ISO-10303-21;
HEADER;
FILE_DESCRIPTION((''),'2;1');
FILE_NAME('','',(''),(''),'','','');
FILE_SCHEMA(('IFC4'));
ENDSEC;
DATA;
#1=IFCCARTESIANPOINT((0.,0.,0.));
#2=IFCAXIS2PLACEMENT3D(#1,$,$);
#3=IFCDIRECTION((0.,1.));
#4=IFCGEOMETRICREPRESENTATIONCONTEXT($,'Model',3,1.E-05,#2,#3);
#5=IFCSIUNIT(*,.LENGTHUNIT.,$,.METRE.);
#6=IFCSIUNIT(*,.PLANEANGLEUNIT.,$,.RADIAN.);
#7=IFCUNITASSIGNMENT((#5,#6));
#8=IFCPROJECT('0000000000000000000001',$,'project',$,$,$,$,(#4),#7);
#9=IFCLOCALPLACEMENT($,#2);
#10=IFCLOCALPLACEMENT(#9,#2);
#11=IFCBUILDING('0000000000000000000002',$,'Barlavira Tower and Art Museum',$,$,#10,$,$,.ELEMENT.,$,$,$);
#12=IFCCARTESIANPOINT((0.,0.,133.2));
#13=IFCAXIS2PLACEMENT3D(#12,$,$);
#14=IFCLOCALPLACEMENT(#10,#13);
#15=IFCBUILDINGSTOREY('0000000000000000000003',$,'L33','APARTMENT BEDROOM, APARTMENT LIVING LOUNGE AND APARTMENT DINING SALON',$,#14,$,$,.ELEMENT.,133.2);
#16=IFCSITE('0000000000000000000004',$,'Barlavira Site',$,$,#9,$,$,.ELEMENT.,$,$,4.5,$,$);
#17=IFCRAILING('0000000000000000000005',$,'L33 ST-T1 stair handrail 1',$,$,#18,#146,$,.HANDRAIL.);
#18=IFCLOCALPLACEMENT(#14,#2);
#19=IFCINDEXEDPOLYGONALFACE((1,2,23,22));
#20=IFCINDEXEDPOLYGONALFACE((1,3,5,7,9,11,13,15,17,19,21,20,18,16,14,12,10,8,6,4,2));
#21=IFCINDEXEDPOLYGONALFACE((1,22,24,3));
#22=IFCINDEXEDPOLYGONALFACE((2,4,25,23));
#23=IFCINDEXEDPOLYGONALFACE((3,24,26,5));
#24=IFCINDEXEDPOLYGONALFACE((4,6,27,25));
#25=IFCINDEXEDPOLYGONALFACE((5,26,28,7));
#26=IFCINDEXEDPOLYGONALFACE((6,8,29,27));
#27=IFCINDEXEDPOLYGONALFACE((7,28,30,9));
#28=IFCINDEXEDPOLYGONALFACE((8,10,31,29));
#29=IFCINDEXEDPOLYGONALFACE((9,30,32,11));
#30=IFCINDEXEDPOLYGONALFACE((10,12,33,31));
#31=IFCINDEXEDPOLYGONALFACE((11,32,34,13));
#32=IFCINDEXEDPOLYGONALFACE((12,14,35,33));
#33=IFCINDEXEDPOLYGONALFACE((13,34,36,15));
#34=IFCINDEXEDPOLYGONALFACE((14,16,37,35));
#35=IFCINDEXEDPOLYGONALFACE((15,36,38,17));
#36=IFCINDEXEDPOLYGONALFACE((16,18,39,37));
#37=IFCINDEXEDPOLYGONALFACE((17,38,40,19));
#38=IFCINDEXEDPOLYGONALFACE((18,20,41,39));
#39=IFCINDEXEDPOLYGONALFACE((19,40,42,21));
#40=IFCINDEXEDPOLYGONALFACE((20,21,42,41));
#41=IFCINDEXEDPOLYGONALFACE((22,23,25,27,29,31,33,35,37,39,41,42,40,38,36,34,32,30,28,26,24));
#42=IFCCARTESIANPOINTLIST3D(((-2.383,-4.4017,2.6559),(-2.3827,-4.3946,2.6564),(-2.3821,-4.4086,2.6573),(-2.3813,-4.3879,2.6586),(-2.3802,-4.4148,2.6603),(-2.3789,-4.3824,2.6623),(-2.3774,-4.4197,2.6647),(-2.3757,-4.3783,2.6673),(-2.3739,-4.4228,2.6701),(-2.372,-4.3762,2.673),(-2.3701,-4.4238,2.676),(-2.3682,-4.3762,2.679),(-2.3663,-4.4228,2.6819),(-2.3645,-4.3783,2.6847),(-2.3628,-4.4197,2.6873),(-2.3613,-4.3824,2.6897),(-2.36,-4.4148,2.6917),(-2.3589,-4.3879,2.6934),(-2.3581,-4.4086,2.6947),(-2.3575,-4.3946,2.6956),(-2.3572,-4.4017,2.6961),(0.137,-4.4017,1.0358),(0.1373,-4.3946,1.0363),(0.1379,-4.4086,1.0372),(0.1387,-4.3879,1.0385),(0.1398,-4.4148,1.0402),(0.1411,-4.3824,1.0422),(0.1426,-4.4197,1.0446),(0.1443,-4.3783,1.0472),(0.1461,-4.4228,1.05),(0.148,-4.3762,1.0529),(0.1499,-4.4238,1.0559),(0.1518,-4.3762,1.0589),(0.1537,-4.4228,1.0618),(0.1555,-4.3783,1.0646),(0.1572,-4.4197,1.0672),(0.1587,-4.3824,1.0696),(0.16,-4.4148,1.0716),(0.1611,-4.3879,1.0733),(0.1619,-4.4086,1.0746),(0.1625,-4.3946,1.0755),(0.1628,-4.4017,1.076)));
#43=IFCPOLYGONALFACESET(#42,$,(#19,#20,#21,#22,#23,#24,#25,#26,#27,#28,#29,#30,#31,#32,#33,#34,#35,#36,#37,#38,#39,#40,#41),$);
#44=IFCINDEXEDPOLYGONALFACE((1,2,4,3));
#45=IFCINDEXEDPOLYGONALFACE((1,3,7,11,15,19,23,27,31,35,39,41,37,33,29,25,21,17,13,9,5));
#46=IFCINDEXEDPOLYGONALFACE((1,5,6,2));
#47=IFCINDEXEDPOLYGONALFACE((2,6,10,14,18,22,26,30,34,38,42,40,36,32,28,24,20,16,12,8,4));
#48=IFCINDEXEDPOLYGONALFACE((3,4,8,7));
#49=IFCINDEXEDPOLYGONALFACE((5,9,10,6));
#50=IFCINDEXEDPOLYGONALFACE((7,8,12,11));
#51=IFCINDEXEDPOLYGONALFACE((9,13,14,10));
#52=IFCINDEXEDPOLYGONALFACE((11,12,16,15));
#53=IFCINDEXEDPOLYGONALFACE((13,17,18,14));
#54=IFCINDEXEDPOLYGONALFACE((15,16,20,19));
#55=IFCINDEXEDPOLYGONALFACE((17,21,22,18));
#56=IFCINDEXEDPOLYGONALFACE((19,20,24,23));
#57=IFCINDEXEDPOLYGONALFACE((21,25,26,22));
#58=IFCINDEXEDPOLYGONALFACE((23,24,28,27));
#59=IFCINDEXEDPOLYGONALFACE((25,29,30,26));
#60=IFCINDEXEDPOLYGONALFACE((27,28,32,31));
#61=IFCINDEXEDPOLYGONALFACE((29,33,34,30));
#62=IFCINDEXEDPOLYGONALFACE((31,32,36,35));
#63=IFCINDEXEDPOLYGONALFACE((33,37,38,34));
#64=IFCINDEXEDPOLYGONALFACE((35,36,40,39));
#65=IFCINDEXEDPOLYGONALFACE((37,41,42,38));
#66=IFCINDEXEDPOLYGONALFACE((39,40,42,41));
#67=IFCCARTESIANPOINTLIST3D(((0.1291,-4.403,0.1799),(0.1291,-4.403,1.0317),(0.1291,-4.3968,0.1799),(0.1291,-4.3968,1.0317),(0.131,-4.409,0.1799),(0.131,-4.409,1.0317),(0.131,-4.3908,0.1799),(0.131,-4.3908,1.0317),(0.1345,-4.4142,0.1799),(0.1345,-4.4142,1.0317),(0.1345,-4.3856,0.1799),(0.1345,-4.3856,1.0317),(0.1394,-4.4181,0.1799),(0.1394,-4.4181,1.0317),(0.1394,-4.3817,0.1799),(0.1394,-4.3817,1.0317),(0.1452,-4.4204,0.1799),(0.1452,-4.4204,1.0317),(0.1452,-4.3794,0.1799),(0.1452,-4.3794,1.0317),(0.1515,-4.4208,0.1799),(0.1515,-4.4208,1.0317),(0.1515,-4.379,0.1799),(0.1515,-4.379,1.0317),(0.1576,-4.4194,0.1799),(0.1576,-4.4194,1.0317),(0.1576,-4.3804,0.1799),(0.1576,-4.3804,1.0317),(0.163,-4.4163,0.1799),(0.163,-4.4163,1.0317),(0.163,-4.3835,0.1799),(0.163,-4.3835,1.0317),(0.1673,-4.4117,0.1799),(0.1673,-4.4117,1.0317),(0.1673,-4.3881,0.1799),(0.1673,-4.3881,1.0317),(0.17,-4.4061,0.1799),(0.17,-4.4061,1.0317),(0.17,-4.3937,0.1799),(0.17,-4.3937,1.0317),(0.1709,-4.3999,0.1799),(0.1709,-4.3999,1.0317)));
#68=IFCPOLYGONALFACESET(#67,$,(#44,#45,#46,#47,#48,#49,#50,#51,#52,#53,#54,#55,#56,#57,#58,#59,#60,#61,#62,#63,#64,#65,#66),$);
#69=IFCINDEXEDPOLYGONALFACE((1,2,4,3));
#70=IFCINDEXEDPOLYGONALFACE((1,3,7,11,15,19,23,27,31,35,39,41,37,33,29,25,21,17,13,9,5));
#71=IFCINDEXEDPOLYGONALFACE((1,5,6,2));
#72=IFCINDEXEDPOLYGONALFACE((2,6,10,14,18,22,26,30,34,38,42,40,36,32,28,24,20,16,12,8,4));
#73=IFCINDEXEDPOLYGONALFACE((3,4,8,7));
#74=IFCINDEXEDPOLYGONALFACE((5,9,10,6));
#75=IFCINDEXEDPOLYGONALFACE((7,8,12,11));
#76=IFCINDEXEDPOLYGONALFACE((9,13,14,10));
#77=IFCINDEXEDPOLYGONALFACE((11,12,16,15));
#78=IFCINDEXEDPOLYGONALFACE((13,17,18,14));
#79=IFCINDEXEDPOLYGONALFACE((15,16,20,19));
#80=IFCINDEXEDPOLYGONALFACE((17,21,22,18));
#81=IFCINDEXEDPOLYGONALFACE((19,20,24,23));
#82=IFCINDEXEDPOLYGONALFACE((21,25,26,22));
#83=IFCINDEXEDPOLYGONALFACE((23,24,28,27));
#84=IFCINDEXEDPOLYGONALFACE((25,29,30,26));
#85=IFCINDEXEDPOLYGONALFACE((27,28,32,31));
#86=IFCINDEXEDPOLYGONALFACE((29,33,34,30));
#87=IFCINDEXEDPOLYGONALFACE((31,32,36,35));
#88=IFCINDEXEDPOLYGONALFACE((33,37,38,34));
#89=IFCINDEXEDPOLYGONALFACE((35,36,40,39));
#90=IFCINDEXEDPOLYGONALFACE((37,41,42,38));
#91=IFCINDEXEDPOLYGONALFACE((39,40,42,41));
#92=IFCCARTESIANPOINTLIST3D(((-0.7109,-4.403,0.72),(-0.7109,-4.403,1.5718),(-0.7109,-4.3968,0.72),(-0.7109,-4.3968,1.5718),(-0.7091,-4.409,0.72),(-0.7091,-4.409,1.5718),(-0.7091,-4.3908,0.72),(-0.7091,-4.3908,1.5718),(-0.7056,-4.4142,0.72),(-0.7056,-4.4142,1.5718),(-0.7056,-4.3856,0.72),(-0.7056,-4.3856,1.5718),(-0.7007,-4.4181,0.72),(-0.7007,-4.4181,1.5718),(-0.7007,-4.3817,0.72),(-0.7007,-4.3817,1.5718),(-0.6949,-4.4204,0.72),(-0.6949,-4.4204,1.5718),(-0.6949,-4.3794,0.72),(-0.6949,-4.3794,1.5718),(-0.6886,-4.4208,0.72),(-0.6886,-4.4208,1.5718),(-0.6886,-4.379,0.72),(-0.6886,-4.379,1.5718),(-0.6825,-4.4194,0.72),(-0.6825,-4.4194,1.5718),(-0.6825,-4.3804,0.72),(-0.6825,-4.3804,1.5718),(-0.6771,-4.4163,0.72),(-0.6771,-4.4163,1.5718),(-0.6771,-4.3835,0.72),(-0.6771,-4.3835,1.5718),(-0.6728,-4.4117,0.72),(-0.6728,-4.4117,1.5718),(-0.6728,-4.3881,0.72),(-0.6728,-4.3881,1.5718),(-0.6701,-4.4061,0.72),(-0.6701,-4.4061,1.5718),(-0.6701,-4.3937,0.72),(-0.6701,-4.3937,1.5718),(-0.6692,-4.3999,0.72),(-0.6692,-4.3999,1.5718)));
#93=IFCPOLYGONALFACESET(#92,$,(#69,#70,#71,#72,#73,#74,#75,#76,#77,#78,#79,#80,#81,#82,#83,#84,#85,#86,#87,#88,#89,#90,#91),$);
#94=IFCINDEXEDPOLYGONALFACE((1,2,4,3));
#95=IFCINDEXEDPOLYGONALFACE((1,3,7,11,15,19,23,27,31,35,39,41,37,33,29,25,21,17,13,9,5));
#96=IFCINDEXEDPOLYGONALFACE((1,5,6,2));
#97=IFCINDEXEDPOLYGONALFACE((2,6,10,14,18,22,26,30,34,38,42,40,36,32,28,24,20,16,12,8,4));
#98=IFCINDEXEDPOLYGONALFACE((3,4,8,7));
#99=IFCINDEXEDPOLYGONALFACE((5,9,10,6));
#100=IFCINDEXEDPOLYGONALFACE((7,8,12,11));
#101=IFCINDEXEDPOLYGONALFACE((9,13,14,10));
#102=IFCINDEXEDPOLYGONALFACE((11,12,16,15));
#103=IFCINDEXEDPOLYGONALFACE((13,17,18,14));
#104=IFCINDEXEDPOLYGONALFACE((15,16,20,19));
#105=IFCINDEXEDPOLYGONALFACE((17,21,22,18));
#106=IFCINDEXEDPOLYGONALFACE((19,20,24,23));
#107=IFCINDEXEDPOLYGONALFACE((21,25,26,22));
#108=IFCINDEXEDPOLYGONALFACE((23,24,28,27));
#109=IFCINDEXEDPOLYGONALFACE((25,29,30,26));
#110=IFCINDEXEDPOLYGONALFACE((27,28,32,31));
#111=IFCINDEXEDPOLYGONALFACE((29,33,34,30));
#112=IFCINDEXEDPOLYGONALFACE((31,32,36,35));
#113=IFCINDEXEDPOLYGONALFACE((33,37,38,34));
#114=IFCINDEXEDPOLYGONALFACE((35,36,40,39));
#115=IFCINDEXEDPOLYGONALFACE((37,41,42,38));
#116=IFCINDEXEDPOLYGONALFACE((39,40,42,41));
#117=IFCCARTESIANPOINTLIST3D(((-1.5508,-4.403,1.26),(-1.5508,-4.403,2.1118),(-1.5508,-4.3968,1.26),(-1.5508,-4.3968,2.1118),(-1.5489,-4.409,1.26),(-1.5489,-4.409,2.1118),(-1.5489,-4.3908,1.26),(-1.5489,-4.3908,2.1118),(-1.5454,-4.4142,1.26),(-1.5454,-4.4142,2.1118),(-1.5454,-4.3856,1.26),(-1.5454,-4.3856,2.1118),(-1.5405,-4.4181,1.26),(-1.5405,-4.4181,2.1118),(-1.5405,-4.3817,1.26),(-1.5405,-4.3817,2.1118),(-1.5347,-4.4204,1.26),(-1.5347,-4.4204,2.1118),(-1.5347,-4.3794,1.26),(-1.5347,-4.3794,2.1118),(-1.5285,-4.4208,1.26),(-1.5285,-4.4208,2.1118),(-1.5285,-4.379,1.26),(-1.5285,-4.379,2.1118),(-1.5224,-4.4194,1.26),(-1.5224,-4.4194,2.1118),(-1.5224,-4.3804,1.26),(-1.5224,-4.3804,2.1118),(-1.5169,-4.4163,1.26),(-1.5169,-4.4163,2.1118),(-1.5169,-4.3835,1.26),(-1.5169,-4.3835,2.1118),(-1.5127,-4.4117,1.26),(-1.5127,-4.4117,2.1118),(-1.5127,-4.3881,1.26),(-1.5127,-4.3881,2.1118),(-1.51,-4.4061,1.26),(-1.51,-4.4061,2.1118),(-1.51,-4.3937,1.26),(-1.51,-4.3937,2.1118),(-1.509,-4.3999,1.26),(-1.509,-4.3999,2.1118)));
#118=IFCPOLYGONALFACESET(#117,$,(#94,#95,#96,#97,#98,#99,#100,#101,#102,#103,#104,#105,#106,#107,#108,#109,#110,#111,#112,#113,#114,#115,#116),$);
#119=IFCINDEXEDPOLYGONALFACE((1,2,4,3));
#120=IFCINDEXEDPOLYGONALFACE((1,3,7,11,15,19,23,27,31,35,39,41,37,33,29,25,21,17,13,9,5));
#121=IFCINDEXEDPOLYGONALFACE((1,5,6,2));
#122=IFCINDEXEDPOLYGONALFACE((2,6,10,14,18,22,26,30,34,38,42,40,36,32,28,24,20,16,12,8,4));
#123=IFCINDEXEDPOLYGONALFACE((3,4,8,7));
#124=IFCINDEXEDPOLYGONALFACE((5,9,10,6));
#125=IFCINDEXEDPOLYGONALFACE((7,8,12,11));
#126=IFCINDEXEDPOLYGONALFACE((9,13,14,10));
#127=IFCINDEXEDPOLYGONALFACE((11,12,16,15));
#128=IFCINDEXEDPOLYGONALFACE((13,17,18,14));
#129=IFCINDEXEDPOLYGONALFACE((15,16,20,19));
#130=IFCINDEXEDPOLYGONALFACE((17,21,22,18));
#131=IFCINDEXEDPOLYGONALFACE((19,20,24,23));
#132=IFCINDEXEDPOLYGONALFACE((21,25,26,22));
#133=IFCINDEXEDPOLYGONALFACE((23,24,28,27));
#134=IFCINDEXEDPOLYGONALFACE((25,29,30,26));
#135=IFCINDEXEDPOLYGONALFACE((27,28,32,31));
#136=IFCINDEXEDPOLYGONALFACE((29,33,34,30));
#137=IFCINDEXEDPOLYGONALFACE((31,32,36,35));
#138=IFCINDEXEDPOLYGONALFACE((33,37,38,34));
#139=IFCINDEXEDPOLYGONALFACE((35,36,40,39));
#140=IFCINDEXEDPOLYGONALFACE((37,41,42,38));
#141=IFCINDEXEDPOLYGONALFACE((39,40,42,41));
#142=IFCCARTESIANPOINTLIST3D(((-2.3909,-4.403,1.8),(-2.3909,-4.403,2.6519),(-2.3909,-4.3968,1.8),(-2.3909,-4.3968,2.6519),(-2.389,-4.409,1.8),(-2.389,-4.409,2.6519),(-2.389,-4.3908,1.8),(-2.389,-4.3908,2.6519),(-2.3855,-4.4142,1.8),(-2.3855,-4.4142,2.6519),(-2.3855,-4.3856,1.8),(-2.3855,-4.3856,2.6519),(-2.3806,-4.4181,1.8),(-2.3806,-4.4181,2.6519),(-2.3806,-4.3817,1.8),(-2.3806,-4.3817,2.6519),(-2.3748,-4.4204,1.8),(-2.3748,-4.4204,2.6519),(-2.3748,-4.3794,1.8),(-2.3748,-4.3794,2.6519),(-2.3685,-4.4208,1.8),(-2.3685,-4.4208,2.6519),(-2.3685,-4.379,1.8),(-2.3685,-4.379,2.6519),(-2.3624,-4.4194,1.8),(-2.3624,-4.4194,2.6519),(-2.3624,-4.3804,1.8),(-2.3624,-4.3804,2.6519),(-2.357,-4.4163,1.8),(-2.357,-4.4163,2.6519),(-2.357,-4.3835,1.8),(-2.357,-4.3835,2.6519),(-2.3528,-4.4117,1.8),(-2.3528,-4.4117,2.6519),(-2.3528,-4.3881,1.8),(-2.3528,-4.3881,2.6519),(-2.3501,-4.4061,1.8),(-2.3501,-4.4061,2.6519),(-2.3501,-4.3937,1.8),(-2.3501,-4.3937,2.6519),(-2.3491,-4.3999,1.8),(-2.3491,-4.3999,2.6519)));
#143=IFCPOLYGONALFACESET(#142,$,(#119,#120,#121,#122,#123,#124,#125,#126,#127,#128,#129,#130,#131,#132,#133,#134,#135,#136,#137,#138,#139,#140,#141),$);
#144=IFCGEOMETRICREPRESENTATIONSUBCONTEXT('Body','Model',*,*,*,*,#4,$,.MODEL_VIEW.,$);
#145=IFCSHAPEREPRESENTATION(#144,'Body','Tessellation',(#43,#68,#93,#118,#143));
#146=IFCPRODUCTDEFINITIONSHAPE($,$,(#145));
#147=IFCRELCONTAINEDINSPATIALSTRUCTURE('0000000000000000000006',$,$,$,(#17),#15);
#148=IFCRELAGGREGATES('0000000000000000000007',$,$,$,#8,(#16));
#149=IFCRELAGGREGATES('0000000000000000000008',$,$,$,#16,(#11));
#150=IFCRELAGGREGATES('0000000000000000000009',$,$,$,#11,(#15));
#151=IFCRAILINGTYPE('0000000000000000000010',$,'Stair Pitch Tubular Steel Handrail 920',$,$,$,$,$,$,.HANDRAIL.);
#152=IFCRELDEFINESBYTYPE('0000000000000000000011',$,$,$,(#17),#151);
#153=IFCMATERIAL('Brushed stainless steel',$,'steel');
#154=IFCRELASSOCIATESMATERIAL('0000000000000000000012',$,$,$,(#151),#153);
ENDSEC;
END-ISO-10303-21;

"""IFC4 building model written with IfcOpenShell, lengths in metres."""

from ifc_helpers import new_model, si_unit, direction, frame, origin, origin_2d, place, context, subcontext, project, spatial, circle, extrude, material, type_object, element, save


model = new_model("IFC4")

# Units and contexts
model_context = context("Model", 3, precision=1e-05, world=origin(), true_north=direction((0.0, 1.0)))
body_context = subcontext(model_context, "Body", "Model", "MODEL_VIEW")
ifc_project = project(units=[si_unit("LENGTHUNIT", "METRE"), si_unit("PLANEANGLEUNIT", "RADIAN")], contexts=[model_context])

# Site, building, storey
site_placement = place(None, origin())
site = spatial("IfcSite", under=ifc_project, at=site_placement, Name="Barlavira Site", CompositionType="ELEMENT", RefElevation=4.5)
building_placement = place(site_placement, origin())
building = spatial("IfcBuilding", under=site, at=building_placement, Name="Barlavira Tower and Art Museum", CompositionType="ELEMENT")
storey_placement = place(building_placement, frame((0.0, 0.0, 133.2)))
storey = spatial("IfcBuildingStorey", under=building, at=storey_placement, Name="L33", Description="APARTMENT BEDROOM, APARTMENT LIVING LOUNGE AND APARTMENT DINING SALON", CompositionType="ELEMENT", Elevation=133.2)

# Shared definitions
ifc_material_1 = material(Name="Brushed stainless steel", Category="steel")

# Railing
railing_type_1 = type_object("IfcRailingType", Name="Stair Pitch Tubular Steel Handrail 920", PredefinedType="HANDRAIL", material=ifc_material_1)
railing_1_placement = place(storey_placement, frame((0.1499, -4.3999, 0.1799)))
element("IfcRailing", 1, at=railing_1_placement, inside=storey, type_object=railing_type_1, Name="L33 ST-T1 stair handrail 1", PredefinedType="HANDRAIL", context=body_context, shape_type="SweptSolid", body=[
    extrude(circle(Radius=0.0239, at=origin_2d()), frame((0.0, 0.0, 0.876), z_axis=(-0.841163, 0.0, 0.540782), x_axis=(0.0, -1.0, 0.0)), (0.0, 0.0, 1.0), 2.9958),
    extrude(circle(Radius=0.021, at=origin_2d()), origin(), (0.0, 0.0, 1.0), 0.8518),
    extrude(circle(Radius=0.021, at=origin_2d()), frame((-0.8401, 0.0, 0.54)), (0.0, 0.0, 1.0), 0.8518),
    extrude(circle(Radius=0.021, at=origin_2d()), frame((-1.6799, 0.0, 1.0801)), (0.0, 0.0, 1.0), 0.8518),
    extrude(circle(Radius=0.021, at=origin_2d()), frame((-2.52, 0.0, 1.6201)), (0.0, 0.0, 1.0), 0.8518),
])

save(model, "model.ifc")
